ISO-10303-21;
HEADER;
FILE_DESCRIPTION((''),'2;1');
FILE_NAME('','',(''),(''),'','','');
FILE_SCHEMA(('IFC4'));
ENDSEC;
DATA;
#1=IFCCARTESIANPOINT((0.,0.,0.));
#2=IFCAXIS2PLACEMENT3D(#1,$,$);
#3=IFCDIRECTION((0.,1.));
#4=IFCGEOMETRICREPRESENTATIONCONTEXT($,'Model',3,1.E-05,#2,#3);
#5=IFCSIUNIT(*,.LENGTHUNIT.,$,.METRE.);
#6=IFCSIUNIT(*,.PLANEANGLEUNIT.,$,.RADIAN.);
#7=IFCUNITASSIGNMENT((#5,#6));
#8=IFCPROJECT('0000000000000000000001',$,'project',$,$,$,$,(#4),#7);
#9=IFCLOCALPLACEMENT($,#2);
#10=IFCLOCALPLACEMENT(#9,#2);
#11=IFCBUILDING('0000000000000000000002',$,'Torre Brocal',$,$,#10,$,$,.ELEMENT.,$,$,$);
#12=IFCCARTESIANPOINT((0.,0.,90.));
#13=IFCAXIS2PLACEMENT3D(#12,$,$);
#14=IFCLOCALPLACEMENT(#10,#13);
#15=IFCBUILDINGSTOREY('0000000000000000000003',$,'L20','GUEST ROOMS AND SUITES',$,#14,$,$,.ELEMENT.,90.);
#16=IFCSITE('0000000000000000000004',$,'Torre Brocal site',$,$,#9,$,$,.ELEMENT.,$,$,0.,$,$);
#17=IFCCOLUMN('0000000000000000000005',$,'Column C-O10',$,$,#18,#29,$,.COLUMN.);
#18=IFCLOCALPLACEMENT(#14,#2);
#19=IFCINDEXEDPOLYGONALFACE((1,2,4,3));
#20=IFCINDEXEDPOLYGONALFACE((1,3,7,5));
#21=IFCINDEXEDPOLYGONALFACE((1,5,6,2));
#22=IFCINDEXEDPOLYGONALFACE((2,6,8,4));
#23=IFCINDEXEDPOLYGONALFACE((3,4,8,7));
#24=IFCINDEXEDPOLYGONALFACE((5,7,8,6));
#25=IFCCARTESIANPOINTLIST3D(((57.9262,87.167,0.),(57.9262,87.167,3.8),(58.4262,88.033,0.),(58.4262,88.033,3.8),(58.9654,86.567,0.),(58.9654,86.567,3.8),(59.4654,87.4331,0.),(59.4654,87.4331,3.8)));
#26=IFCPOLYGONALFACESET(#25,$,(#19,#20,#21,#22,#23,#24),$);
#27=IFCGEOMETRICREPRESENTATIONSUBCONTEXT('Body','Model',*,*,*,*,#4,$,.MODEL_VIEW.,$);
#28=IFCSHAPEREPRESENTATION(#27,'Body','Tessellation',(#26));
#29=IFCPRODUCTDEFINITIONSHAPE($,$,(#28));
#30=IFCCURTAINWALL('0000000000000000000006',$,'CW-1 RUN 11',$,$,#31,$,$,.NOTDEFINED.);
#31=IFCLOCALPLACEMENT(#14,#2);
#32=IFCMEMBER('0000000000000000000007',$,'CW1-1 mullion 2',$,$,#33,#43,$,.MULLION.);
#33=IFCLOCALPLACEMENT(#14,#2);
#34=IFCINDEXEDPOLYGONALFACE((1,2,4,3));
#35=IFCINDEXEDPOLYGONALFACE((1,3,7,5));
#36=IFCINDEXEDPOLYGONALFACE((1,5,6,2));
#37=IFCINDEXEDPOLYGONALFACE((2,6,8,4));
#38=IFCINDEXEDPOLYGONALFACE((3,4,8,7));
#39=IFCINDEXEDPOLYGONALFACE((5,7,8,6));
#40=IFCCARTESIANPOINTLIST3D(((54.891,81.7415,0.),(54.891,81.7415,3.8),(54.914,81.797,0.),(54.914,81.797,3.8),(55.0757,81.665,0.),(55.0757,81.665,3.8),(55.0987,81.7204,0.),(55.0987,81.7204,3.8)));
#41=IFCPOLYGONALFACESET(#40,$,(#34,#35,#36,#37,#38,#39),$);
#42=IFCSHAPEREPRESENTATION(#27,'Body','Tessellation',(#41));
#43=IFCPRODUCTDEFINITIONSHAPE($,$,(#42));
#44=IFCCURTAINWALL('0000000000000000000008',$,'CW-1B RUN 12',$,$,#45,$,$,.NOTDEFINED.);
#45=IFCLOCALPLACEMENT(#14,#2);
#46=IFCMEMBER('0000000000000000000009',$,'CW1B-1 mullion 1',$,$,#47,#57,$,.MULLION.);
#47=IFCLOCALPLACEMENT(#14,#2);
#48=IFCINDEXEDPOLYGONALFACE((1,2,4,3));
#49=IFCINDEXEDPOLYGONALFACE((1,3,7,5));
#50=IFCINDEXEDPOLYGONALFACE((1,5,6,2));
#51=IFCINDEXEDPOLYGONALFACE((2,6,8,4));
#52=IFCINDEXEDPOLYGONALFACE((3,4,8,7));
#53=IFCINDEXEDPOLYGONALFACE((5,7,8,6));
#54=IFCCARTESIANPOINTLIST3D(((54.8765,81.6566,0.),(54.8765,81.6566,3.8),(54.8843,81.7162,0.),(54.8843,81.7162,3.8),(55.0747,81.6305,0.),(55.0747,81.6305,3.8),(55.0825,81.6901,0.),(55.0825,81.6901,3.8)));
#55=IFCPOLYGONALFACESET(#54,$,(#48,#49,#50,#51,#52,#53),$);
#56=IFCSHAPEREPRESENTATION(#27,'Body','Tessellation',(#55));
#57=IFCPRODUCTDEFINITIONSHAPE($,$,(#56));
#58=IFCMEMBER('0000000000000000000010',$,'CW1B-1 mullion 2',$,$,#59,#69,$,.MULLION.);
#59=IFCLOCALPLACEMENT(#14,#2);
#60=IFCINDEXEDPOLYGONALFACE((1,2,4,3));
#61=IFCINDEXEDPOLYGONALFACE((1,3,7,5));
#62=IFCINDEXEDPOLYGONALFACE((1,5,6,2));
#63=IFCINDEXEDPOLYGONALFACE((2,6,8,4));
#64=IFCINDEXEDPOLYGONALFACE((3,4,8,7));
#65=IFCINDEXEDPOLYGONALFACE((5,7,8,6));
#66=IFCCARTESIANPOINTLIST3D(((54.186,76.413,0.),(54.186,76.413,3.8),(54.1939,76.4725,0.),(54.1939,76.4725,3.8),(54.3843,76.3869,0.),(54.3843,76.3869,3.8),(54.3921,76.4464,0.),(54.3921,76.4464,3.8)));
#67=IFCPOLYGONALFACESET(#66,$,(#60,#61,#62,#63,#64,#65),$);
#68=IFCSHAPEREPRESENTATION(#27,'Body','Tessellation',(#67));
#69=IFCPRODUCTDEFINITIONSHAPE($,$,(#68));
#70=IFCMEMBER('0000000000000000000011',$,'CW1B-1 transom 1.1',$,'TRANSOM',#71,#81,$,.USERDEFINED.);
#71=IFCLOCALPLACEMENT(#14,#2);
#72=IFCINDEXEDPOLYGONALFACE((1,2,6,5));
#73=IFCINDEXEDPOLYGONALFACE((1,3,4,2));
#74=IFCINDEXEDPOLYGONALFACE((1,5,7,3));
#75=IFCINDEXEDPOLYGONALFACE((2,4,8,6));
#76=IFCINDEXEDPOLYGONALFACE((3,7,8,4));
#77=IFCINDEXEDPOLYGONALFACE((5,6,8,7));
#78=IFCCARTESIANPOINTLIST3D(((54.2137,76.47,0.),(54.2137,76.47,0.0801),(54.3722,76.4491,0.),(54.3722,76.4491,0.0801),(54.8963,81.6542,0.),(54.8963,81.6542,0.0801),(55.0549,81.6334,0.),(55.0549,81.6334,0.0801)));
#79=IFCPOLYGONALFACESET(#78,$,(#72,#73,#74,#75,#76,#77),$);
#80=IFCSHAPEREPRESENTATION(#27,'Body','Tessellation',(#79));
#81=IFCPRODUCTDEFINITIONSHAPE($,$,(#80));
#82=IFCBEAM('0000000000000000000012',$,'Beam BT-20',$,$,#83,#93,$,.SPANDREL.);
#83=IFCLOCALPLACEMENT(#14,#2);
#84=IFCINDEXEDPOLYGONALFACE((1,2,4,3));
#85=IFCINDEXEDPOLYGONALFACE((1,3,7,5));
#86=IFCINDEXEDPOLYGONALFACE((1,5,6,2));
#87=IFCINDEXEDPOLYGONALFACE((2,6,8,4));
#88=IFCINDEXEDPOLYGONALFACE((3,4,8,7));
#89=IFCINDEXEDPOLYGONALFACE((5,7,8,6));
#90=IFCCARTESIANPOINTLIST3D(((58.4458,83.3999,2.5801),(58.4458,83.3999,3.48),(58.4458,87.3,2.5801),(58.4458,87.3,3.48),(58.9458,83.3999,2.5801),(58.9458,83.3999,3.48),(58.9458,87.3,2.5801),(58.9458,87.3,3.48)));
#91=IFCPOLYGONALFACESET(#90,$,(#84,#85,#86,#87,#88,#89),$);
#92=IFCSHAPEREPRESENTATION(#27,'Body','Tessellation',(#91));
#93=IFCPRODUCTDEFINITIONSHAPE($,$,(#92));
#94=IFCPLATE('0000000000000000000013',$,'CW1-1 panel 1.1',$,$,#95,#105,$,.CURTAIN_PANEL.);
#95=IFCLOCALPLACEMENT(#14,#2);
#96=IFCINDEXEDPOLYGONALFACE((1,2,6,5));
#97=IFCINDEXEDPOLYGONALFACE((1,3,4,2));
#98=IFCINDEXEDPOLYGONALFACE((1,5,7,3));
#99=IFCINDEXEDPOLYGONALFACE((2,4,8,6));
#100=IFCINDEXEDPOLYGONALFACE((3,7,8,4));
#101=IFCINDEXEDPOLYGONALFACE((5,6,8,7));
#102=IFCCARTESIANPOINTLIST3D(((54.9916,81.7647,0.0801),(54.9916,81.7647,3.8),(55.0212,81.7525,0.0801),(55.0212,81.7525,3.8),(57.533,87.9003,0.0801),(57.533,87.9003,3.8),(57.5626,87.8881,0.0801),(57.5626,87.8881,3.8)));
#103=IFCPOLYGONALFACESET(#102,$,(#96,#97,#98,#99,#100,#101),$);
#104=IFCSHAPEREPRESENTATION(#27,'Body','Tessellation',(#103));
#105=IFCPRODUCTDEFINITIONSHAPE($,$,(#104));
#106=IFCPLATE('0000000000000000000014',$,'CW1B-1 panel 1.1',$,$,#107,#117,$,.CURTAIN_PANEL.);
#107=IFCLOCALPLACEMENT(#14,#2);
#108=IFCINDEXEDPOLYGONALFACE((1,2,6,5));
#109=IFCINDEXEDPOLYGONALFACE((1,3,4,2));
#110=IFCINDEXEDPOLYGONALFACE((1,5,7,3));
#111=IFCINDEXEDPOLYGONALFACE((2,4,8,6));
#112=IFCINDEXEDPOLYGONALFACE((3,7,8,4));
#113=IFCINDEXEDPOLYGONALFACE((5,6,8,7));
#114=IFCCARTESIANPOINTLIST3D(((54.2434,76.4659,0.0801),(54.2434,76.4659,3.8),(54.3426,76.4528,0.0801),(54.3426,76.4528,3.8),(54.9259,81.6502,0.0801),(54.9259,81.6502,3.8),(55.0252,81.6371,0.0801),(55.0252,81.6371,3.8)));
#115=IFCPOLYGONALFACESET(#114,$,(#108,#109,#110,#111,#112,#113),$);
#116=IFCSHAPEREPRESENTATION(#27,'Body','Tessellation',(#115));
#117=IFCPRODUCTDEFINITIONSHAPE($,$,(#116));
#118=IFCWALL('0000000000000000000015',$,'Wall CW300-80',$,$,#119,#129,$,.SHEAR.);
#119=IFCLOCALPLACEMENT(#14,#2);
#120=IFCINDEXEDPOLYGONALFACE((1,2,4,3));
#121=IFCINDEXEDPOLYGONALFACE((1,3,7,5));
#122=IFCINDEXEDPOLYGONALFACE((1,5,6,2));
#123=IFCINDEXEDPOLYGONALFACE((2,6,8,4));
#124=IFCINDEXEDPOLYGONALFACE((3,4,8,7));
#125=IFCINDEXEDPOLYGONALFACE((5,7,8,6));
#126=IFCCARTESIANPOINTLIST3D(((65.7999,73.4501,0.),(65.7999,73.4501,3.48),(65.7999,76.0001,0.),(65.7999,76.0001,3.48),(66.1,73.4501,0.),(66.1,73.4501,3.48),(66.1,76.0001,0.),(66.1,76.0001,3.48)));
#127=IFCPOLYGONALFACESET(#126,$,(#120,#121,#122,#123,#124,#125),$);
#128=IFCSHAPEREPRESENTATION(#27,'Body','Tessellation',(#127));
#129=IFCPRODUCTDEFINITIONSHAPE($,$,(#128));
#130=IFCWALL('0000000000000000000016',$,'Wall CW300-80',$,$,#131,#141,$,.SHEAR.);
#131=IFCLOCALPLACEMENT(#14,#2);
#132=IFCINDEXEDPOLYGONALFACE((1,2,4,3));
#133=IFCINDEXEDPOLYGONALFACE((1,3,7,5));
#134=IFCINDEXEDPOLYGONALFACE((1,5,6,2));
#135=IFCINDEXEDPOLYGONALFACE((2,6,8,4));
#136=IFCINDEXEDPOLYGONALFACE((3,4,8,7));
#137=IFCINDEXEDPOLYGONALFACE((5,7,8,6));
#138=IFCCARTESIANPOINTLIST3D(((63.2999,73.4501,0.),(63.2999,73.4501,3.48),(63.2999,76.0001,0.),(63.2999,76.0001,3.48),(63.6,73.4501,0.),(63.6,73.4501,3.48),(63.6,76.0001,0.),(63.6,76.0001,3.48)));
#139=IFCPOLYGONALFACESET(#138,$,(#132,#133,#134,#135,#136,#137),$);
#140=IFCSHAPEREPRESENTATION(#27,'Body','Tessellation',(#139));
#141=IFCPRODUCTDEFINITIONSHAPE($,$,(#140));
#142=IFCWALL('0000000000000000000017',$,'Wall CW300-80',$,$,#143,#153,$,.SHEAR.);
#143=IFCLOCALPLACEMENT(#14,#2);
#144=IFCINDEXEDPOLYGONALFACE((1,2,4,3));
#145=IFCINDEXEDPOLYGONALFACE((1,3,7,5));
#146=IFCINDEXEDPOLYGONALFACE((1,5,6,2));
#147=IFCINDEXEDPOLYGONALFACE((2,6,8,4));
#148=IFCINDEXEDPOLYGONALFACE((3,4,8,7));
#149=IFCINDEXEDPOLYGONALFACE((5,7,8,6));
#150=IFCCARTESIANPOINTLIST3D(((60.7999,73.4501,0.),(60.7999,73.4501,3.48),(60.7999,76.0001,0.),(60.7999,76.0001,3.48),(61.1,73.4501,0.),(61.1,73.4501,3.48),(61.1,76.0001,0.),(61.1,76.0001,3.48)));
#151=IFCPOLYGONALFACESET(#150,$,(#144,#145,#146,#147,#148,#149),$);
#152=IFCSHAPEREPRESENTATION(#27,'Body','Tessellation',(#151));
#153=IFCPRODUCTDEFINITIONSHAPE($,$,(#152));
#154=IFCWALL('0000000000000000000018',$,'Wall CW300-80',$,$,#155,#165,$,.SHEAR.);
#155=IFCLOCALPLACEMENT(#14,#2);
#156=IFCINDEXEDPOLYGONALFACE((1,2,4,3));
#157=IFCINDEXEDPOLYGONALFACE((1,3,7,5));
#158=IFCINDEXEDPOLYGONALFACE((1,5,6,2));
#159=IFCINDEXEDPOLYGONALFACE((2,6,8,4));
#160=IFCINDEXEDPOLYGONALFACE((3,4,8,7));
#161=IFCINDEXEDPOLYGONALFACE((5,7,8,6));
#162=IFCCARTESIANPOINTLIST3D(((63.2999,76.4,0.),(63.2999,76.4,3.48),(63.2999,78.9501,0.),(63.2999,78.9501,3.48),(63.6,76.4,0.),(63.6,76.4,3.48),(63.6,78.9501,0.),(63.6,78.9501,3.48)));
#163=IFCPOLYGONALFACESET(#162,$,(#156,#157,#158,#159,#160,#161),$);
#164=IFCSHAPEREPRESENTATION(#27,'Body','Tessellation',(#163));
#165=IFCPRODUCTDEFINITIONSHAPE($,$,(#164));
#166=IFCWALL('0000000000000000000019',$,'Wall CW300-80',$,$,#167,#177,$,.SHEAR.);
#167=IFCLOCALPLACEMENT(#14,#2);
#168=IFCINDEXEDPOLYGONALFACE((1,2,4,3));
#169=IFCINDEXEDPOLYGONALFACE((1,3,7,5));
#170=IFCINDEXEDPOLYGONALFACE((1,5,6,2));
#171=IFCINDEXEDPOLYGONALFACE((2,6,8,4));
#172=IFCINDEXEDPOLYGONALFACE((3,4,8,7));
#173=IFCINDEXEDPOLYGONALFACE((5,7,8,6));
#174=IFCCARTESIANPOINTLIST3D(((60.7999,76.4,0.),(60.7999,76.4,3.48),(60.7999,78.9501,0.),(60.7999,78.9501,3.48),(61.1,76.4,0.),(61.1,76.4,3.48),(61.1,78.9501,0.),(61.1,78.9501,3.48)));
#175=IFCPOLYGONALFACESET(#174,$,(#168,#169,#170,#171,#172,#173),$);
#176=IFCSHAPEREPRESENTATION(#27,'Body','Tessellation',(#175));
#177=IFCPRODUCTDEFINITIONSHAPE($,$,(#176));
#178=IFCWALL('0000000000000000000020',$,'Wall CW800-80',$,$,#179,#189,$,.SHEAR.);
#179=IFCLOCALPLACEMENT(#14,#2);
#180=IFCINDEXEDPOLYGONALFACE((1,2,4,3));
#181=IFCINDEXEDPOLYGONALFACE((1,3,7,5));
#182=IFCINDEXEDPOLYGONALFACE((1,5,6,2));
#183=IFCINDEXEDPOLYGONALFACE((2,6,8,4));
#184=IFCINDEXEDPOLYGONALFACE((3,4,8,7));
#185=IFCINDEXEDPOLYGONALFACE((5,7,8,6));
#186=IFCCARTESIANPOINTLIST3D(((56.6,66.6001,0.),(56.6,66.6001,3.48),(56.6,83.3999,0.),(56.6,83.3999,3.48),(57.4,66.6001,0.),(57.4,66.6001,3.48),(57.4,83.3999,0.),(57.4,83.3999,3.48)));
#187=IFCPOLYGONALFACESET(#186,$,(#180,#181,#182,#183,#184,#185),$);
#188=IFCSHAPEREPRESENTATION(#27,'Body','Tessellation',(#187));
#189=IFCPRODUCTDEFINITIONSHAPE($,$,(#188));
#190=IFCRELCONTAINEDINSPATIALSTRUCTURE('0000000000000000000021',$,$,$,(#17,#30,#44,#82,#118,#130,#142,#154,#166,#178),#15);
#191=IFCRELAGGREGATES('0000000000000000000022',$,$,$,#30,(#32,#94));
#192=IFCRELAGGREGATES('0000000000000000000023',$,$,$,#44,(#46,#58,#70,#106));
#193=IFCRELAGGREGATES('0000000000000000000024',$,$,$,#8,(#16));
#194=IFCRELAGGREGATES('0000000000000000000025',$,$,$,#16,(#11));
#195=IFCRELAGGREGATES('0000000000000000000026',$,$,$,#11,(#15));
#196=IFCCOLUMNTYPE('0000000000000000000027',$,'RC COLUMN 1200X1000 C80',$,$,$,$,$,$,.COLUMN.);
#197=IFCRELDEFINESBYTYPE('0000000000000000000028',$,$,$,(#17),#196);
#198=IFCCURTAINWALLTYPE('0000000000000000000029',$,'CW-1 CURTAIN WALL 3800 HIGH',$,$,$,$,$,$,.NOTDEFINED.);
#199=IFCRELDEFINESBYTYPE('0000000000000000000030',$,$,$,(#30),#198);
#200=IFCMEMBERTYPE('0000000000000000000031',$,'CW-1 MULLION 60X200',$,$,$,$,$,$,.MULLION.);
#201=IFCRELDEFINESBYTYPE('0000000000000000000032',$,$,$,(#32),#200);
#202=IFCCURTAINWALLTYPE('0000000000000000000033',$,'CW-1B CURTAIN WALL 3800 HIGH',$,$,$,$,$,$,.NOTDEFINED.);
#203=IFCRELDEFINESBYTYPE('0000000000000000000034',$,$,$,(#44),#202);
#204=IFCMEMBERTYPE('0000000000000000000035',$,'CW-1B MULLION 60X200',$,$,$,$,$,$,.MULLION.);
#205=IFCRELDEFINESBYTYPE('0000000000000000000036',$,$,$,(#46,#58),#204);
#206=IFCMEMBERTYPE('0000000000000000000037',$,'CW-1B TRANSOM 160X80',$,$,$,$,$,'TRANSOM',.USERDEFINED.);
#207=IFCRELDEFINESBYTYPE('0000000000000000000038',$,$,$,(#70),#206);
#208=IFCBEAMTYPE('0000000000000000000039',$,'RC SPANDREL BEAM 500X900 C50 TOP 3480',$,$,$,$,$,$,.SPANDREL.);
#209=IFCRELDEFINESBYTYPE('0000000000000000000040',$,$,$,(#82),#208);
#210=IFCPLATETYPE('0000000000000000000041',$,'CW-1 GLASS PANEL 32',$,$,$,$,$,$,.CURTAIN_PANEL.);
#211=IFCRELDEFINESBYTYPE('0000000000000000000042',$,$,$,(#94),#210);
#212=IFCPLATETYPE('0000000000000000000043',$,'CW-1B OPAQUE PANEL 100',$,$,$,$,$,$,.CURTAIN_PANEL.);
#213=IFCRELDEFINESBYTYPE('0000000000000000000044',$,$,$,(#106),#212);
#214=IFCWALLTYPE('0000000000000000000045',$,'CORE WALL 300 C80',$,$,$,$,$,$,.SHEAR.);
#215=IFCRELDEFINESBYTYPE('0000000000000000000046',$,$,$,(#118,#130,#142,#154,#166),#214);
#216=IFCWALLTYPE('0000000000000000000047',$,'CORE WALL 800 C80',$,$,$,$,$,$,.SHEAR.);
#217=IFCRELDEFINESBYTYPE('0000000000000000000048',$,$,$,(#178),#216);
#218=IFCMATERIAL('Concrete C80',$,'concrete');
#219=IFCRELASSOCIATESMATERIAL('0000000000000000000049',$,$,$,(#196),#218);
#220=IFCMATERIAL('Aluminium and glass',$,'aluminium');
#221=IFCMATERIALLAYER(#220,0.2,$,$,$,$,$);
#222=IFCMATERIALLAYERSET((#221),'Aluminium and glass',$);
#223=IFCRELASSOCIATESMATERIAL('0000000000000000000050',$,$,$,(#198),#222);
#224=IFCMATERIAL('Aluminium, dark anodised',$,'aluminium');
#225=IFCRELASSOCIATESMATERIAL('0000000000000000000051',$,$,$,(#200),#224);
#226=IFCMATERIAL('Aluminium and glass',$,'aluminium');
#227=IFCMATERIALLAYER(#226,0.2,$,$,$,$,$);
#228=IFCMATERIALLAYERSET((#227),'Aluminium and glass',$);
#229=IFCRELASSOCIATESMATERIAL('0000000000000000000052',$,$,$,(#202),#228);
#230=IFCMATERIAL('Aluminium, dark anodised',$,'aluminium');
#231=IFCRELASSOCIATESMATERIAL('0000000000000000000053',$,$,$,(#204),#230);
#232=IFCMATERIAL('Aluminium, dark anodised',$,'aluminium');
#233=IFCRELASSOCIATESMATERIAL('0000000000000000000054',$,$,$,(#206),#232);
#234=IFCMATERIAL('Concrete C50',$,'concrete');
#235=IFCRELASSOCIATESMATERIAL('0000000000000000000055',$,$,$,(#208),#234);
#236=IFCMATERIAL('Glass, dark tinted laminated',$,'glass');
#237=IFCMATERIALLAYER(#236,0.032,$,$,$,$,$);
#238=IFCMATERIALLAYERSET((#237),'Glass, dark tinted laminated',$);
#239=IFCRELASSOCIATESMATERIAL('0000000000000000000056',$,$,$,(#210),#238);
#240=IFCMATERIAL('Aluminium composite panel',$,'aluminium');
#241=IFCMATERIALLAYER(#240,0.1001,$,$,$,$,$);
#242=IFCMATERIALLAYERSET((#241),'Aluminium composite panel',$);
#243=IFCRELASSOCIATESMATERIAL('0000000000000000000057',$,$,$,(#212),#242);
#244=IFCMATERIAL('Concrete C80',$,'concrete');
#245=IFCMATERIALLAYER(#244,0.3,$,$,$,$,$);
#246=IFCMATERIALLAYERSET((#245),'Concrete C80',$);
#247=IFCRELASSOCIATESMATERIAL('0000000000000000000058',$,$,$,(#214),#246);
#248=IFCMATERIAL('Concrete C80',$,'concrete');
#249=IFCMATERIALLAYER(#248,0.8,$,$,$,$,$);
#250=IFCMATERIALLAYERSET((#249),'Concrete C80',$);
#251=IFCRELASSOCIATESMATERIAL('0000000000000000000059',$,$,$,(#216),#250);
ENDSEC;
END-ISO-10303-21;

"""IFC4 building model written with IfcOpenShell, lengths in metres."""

from ifc_helpers import new_model, si_unit, direction, frame, frame_2d, origin, origin_2d, place, context, subcontext, project, spatial, rectangle, extrude, material, layer, layer_set, material_profile, profile_set, type_object, element, aggregate, save


model = new_model("IFC4")

# Units and contexts
model_context = context("Model", 3, precision=1e-05, world=origin(), true_north=direction((0.0, 1.0)))
body_context = subcontext(model_context, "Body", "Model", "MODEL_VIEW")
ifc_project = project(units=[si_unit("LENGTHUNIT", "METRE"), si_unit("PLANEANGLEUNIT", "RADIAN")], contexts=[model_context])

# Site, building, storey
site_placement = place(None, origin())
site = spatial("IfcSite", under=ifc_project, at=site_placement, Name="Torre Brocal site", CompositionType="ELEMENT", RefElevation=0.0)
building_placement = place(site_placement, origin())
building = spatial("IfcBuilding", under=site, at=building_placement, Name="Torre Brocal", CompositionType="ELEMENT")
storey_placement = place(building_placement, frame((0.0, 0.0, 90.0)))
storey = spatial("IfcBuildingStorey", under=building, at=storey_placement, Name="L20", Description="GUEST ROOMS AND SUITES", CompositionType="ELEMENT", Elevation=90.0)

# Column
ifc_material_1 = material(Name="Concrete C80", Category="concrete")
ifc_material_profile_1 = material_profile(ifc_material_1, rectangle(XDim=1.2, YDim=1.0, at=origin_2d()), Name="RC 1200X1000")
ifc_profile_set_1 = profile_set([ifc_material_profile_1], Name="Concrete C80")
column_type = type_object("IfcColumnType", Name="RC COLUMN 1200X1000 C80", PredefinedType="COLUMN", material=ifc_profile_set_1)
column_placement = place(storey_placement, frame((58.6958, 87.3, 0.0), z_axis=(0.0, 0.0, 1.0), x_axis=(-0.866025, 0.5, 0.0)))
element("IfcColumn", 1, at=column_placement, inside=storey, type_object=column_type, Name="Column C-O10", PredefinedType="COLUMN", context=body_context, shape_type="SweptSolid", body=[
    extrude(rectangle(XDim=1.2, YDim=1.0, at=origin_2d()), origin(), (0.0, 0.0, 1.0), 3.8),
])

# Curtain wall, member
ifc_material_2 = material(Name="Aluminium and glass", Category="aluminium")
ifc_layer_1 = layer(ifc_material_2, 0.2)
ifc_layer_set_1 = layer_set([ifc_layer_1], Name="Aluminium and glass")
curtain_wall_type_1 = type_object("IfcCurtainWallType", Name="CW-1 CURTAIN WALL 3800 HIGH", PredefinedType="NOTDEFINED", material=ifc_layer_set_1)
curtain_wall_1_placement = place(storey_placement, origin())
curtain_wall_1 = element("IfcCurtainWall", 2, at=curtain_wall_1_placement, inside=storey, type_object=curtain_wall_type_1, Name="CW-1 RUN 11", PredefinedType="NOTDEFINED")
ifc_material_3 = material(Name="Aluminium, dark anodised", Category="aluminium")
ifc_material_profile_2 = material_profile(ifc_material_3, rectangle(XDim=0.2, YDim=0.0601, at=origin_2d()), Name="CW-1 MULLION 60X200")
ifc_profile_set_2 = profile_set([ifc_material_profile_2], Name="Aluminium, dark anodised")
member_type_1 = type_object("IfcMemberType", Name="CW-1 MULLION 60X200", PredefinedType="MULLION", material=ifc_profile_set_2)
member_1_placement = place(storey_placement, frame((54.9949, 81.731, 0.0), z_axis=(0.0, 0.0, 1.0), x_axis=(0.92388, -0.382683, 0.0)))
member_1 = element("IfcMember", 3, at=member_1_placement, type_object=member_type_1, Name="CW1-1 mullion 2", PredefinedType="MULLION", context=body_context, shape_type="SweptSolid", body=[
    extrude(rectangle(XDim=0.2, YDim=0.0601, at=origin_2d()), origin(), (0.0, 0.0, 1.0), 3.8),
])

# Curtain wall, members
ifc_material_4 = material(Name="Aluminium and glass", Category="aluminium")
ifc_layer_2 = layer(ifc_material_4, 0.2)
ifc_layer_set_2 = layer_set([ifc_layer_2], Name="Aluminium and glass")
curtain_wall_type_2 = type_object("IfcCurtainWallType", Name="CW-1B CURTAIN WALL 3800 HIGH", PredefinedType="NOTDEFINED", material=ifc_layer_set_2)
curtain_wall_2_placement = place(storey_placement, origin())
curtain_wall_2 = element("IfcCurtainWall", 4, at=curtain_wall_2_placement, inside=storey, type_object=curtain_wall_type_2, Name="CW-1B RUN 12", PredefinedType="NOTDEFINED")
ifc_material_5 = material(Name="Aluminium, dark anodised", Category="aluminium")
ifc_material_profile_3 = material_profile(ifc_material_5, rectangle(XDim=0.2, YDim=0.0601, at=origin_2d()), Name="CW-1B MULLION 60X200")
ifc_profile_set_3 = profile_set([ifc_material_profile_3], Name="Aluminium, dark anodised")
member_type_2 = type_object("IfcMemberType", Name="CW-1B MULLION 60X200", PredefinedType="MULLION", material=ifc_profile_set_3)
member_2_placement = place(storey_placement, frame((54.9795, 81.6733, 0.0), z_axis=(0.0, 0.0, 1.0), x_axis=(0.991445, -0.130526, 0.0)))
member_2 = element("IfcMember", 5, at=member_2_placement, type_object=member_type_2, Name="CW1B-1 mullion 1", PredefinedType="MULLION", context=body_context, shape_type="SweptSolid", body=[
    extrude(rectangle(XDim=0.2, YDim=0.0601, at=origin_2d()), origin(), (0.0, 0.0, 1.0), 3.8),
])
member_3_placement = place(storey_placement, frame((54.2891, 76.4297, 0.0), z_axis=(0.0, 0.0, 1.0), x_axis=(0.991445, -0.130526, 0.0)))
member_3 = element("IfcMember", 6, at=member_3_placement, type_object=member_type_2, Name="CW1B-1 mullion 2", PredefinedType="MULLION", context=body_context, shape_type="SweptSolid", body=[
    extrude(rectangle(XDim=0.2, YDim=0.0601, at=origin_2d()), origin(), (0.0, 0.0, 1.0), 3.8),
])
ifc_material_6 = material(Name="Aluminium, dark anodised", Category="aluminium")
ifc_material_profile_4 = material_profile(ifc_material_6, rectangle(XDim=0.1599, YDim=0.0801, at=origin_2d()), Name="CW-1B TRANSOM 160X80")
ifc_profile_set_4 = profile_set([ifc_material_profile_4], Name="Aluminium, dark anodised")
member_type_3 = type_object("IfcMemberType", Name="CW-1B TRANSOM 160X80", ElementType="TRANSOM", PredefinedType="USERDEFINED", material=ifc_profile_set_4)
member_4_placement = place(storey_placement, frame((54.9756, 81.6438, 0.04), z_axis=(-0.130543, -0.991443, 0.0), x_axis=(0.991443, -0.130543, 0.0)))
member_4 = element("IfcMember", 7, at=member_4_placement, type_object=member_type_3, Name="CW1B-1 transom 1.1", ObjectType="TRANSOM", PredefinedType="USERDEFINED", context=body_context, shape_type="SweptSolid", body=[
    extrude(rectangle(XDim=0.1599, YDim=0.0801, at=origin_2d()), origin(), (0.0, 0.0, 1.0), 5.229),
])

# Beam
ifc_material_7 = material(Name="Concrete C50", Category="concrete")
ifc_material_profile_5 = material_profile(ifc_material_7, rectangle(XDim=0.5, YDim=0.8999, at=origin_2d()), Name="RC 500X900")
ifc_profile_set_5 = profile_set([ifc_material_profile_5], Name="Concrete C50")
beam_type = type_object("IfcBeamType", Name="RC SPANDREL BEAM 500X900 C50 TOP 3480", PredefinedType="SPANDREL", material=ifc_profile_set_5)
beam_placement = place(storey_placement, frame((58.6958, 87.3, 3.03), z_axis=(0.0, -1.0, 0.0), x_axis=(1.0, 0.0, 0.0)))
element("IfcBeam", 8, at=beam_placement, inside=storey, type_object=beam_type, Name="Beam BT-20", PredefinedType="SPANDREL", context=body_context, shape_type="SweptSolid", body=[
    extrude(rectangle(XDim=0.5, YDim=0.8999, at=origin_2d()), origin(), (0.0, 0.0, 1.0), 3.9001),
])

# Plates
ifc_material_8 = material(Name="Glass, dark tinted laminated", Category="glass")
ifc_layer_3 = layer(ifc_material_8, 0.032)
ifc_layer_set_3 = layer_set([ifc_layer_3], Name="Glass, dark tinted laminated")
plate_type_1 = type_object("IfcPlateType", Name="CW-1 GLASS PANEL 32", PredefinedType="CURTAIN_PANEL", material=ifc_layer_set_3)
plate_1_placement = place(storey_placement, frame((56.2771, 84.8264, 0.0801), z_axis=(0.0, 0.0, 1.0), x_axis=(-0.382683, -0.92388, 0.0)))
plate_1 = element("IfcPlate", 9, at=plate_1_placement, type_object=plate_type_1, Name="CW1-1 panel 1.1", PredefinedType="CURTAIN_PANEL", context=body_context, shape_type="SweptSolid", body=[
    extrude(rectangle(XDim=6.6411, YDim=0.032, at=origin_2d()), origin(), (0.0, 0.0, 1.0), 3.72),
])
aggregate(curtain_wall_1, [member_1, plate_1])
ifc_material_9 = material(Name="Aluminium composite panel", Category="aluminium")
ifc_layer_4 = layer(ifc_material_9, 0.1001)
ifc_layer_set_4 = layer_set([ifc_layer_4], Name="Aluminium composite panel")
plate_type_2 = type_object("IfcPlateType", Name="CW-1B OPAQUE PANEL 100", PredefinedType="CURTAIN_PANEL", material=ifc_layer_set_4)
plate_2_placement = place(storey_placement, frame((54.6343, 79.0515, 0.0801), z_axis=(0.0, 0.0, 1.0), x_axis=(-0.130526, -0.991445, 0.0)))
plate_2 = element("IfcPlate", 10, at=plate_2_placement, type_object=plate_type_2, Name="CW1B-1 panel 1.1", PredefinedType="CURTAIN_PANEL", context=body_context, shape_type="SweptSolid", body=[
    extrude(rectangle(XDim=5.229, YDim=0.1001, at=origin_2d()), origin(), (0.0, 0.0, 1.0), 3.72),
])
aggregate(curtain_wall_2, [member_2, member_3, member_4, plate_2])

# Walls
ifc_material_10 = material(Name="Concrete C80", Category="concrete")
ifc_layer_5 = layer(ifc_material_10, 0.3)
ifc_layer_set_5 = layer_set([ifc_layer_5], Name="Concrete C80")
wall_type_1 = type_object("IfcWallType", Name="CORE WALL 300 C80", PredefinedType="SHEAR", material=ifc_layer_set_5)
for number, where, z_axis, x_axis, name in (
    (11, (65.95, 76.0, 0.0), (0.0, 0.0, 1.0), (0.0, -1.0, 0.0), "Wall CW300-80"),
    (12, (63.45, 76.0, 0.0), (0.0, 0.0, 1.0), (0.0, -1.0, 0.0), "Wall CW300-80"),
    (13, (60.95, 76.0, 0.0), (0.0, 0.0, 1.0), (0.0, -1.0, 0.0), "Wall CW300-80"),
    (14, (63.45, 78.95, 0.0), (0.0, 0.0, 1.0), (0.0, -1.0, 0.0), "Wall CW300-80"),
    (15, (60.95, 78.95, 0.0), (0.0, 0.0, 1.0), (0.0, -1.0, 0.0), "Wall CW300-80"),
):
    element("IfcWall", number, at=place(storey_placement, frame(where, z_axis=z_axis, x_axis=x_axis)), inside=storey, type_object=wall_type_1, Name=name, PredefinedType="SHEAR", context=body_context, shape_type="SweptSolid", body=[
        extrude(rectangle(XDim=2.55, YDim=0.3, at=frame_2d((1.2749, 0.0))), origin(), (0.0, 0.0, 1.0), 3.48),
    ])
ifc_material_11 = material(Name="Concrete C80", Category="concrete")
ifc_layer_6 = layer(ifc_material_11, 0.8)
ifc_layer_set_6 = layer_set([ifc_layer_6], Name="Concrete C80")
wall_type_2 = type_object("IfcWallType", Name="CORE WALL 800 C80", PredefinedType="SHEAR", material=ifc_layer_set_6)
wall_1_placement = place(storey_placement, frame((57.0, 83.3999, 0.0), z_axis=(0.0, 0.0, 1.0), x_axis=(0.0, -1.0, 0.0)))
element("IfcWall", 16, at=wall_1_placement, inside=storey, type_object=wall_type_2, Name="Wall CW800-80", PredefinedType="SHEAR", context=body_context, shape_type="SweptSolid", body=[
    extrude(rectangle(XDim=16.7998, YDim=0.8, at=frame_2d((8.3999, 0.0))), origin(), (0.0, 0.0, 1.0), 3.48),
])

save(model, "model.ifc")
